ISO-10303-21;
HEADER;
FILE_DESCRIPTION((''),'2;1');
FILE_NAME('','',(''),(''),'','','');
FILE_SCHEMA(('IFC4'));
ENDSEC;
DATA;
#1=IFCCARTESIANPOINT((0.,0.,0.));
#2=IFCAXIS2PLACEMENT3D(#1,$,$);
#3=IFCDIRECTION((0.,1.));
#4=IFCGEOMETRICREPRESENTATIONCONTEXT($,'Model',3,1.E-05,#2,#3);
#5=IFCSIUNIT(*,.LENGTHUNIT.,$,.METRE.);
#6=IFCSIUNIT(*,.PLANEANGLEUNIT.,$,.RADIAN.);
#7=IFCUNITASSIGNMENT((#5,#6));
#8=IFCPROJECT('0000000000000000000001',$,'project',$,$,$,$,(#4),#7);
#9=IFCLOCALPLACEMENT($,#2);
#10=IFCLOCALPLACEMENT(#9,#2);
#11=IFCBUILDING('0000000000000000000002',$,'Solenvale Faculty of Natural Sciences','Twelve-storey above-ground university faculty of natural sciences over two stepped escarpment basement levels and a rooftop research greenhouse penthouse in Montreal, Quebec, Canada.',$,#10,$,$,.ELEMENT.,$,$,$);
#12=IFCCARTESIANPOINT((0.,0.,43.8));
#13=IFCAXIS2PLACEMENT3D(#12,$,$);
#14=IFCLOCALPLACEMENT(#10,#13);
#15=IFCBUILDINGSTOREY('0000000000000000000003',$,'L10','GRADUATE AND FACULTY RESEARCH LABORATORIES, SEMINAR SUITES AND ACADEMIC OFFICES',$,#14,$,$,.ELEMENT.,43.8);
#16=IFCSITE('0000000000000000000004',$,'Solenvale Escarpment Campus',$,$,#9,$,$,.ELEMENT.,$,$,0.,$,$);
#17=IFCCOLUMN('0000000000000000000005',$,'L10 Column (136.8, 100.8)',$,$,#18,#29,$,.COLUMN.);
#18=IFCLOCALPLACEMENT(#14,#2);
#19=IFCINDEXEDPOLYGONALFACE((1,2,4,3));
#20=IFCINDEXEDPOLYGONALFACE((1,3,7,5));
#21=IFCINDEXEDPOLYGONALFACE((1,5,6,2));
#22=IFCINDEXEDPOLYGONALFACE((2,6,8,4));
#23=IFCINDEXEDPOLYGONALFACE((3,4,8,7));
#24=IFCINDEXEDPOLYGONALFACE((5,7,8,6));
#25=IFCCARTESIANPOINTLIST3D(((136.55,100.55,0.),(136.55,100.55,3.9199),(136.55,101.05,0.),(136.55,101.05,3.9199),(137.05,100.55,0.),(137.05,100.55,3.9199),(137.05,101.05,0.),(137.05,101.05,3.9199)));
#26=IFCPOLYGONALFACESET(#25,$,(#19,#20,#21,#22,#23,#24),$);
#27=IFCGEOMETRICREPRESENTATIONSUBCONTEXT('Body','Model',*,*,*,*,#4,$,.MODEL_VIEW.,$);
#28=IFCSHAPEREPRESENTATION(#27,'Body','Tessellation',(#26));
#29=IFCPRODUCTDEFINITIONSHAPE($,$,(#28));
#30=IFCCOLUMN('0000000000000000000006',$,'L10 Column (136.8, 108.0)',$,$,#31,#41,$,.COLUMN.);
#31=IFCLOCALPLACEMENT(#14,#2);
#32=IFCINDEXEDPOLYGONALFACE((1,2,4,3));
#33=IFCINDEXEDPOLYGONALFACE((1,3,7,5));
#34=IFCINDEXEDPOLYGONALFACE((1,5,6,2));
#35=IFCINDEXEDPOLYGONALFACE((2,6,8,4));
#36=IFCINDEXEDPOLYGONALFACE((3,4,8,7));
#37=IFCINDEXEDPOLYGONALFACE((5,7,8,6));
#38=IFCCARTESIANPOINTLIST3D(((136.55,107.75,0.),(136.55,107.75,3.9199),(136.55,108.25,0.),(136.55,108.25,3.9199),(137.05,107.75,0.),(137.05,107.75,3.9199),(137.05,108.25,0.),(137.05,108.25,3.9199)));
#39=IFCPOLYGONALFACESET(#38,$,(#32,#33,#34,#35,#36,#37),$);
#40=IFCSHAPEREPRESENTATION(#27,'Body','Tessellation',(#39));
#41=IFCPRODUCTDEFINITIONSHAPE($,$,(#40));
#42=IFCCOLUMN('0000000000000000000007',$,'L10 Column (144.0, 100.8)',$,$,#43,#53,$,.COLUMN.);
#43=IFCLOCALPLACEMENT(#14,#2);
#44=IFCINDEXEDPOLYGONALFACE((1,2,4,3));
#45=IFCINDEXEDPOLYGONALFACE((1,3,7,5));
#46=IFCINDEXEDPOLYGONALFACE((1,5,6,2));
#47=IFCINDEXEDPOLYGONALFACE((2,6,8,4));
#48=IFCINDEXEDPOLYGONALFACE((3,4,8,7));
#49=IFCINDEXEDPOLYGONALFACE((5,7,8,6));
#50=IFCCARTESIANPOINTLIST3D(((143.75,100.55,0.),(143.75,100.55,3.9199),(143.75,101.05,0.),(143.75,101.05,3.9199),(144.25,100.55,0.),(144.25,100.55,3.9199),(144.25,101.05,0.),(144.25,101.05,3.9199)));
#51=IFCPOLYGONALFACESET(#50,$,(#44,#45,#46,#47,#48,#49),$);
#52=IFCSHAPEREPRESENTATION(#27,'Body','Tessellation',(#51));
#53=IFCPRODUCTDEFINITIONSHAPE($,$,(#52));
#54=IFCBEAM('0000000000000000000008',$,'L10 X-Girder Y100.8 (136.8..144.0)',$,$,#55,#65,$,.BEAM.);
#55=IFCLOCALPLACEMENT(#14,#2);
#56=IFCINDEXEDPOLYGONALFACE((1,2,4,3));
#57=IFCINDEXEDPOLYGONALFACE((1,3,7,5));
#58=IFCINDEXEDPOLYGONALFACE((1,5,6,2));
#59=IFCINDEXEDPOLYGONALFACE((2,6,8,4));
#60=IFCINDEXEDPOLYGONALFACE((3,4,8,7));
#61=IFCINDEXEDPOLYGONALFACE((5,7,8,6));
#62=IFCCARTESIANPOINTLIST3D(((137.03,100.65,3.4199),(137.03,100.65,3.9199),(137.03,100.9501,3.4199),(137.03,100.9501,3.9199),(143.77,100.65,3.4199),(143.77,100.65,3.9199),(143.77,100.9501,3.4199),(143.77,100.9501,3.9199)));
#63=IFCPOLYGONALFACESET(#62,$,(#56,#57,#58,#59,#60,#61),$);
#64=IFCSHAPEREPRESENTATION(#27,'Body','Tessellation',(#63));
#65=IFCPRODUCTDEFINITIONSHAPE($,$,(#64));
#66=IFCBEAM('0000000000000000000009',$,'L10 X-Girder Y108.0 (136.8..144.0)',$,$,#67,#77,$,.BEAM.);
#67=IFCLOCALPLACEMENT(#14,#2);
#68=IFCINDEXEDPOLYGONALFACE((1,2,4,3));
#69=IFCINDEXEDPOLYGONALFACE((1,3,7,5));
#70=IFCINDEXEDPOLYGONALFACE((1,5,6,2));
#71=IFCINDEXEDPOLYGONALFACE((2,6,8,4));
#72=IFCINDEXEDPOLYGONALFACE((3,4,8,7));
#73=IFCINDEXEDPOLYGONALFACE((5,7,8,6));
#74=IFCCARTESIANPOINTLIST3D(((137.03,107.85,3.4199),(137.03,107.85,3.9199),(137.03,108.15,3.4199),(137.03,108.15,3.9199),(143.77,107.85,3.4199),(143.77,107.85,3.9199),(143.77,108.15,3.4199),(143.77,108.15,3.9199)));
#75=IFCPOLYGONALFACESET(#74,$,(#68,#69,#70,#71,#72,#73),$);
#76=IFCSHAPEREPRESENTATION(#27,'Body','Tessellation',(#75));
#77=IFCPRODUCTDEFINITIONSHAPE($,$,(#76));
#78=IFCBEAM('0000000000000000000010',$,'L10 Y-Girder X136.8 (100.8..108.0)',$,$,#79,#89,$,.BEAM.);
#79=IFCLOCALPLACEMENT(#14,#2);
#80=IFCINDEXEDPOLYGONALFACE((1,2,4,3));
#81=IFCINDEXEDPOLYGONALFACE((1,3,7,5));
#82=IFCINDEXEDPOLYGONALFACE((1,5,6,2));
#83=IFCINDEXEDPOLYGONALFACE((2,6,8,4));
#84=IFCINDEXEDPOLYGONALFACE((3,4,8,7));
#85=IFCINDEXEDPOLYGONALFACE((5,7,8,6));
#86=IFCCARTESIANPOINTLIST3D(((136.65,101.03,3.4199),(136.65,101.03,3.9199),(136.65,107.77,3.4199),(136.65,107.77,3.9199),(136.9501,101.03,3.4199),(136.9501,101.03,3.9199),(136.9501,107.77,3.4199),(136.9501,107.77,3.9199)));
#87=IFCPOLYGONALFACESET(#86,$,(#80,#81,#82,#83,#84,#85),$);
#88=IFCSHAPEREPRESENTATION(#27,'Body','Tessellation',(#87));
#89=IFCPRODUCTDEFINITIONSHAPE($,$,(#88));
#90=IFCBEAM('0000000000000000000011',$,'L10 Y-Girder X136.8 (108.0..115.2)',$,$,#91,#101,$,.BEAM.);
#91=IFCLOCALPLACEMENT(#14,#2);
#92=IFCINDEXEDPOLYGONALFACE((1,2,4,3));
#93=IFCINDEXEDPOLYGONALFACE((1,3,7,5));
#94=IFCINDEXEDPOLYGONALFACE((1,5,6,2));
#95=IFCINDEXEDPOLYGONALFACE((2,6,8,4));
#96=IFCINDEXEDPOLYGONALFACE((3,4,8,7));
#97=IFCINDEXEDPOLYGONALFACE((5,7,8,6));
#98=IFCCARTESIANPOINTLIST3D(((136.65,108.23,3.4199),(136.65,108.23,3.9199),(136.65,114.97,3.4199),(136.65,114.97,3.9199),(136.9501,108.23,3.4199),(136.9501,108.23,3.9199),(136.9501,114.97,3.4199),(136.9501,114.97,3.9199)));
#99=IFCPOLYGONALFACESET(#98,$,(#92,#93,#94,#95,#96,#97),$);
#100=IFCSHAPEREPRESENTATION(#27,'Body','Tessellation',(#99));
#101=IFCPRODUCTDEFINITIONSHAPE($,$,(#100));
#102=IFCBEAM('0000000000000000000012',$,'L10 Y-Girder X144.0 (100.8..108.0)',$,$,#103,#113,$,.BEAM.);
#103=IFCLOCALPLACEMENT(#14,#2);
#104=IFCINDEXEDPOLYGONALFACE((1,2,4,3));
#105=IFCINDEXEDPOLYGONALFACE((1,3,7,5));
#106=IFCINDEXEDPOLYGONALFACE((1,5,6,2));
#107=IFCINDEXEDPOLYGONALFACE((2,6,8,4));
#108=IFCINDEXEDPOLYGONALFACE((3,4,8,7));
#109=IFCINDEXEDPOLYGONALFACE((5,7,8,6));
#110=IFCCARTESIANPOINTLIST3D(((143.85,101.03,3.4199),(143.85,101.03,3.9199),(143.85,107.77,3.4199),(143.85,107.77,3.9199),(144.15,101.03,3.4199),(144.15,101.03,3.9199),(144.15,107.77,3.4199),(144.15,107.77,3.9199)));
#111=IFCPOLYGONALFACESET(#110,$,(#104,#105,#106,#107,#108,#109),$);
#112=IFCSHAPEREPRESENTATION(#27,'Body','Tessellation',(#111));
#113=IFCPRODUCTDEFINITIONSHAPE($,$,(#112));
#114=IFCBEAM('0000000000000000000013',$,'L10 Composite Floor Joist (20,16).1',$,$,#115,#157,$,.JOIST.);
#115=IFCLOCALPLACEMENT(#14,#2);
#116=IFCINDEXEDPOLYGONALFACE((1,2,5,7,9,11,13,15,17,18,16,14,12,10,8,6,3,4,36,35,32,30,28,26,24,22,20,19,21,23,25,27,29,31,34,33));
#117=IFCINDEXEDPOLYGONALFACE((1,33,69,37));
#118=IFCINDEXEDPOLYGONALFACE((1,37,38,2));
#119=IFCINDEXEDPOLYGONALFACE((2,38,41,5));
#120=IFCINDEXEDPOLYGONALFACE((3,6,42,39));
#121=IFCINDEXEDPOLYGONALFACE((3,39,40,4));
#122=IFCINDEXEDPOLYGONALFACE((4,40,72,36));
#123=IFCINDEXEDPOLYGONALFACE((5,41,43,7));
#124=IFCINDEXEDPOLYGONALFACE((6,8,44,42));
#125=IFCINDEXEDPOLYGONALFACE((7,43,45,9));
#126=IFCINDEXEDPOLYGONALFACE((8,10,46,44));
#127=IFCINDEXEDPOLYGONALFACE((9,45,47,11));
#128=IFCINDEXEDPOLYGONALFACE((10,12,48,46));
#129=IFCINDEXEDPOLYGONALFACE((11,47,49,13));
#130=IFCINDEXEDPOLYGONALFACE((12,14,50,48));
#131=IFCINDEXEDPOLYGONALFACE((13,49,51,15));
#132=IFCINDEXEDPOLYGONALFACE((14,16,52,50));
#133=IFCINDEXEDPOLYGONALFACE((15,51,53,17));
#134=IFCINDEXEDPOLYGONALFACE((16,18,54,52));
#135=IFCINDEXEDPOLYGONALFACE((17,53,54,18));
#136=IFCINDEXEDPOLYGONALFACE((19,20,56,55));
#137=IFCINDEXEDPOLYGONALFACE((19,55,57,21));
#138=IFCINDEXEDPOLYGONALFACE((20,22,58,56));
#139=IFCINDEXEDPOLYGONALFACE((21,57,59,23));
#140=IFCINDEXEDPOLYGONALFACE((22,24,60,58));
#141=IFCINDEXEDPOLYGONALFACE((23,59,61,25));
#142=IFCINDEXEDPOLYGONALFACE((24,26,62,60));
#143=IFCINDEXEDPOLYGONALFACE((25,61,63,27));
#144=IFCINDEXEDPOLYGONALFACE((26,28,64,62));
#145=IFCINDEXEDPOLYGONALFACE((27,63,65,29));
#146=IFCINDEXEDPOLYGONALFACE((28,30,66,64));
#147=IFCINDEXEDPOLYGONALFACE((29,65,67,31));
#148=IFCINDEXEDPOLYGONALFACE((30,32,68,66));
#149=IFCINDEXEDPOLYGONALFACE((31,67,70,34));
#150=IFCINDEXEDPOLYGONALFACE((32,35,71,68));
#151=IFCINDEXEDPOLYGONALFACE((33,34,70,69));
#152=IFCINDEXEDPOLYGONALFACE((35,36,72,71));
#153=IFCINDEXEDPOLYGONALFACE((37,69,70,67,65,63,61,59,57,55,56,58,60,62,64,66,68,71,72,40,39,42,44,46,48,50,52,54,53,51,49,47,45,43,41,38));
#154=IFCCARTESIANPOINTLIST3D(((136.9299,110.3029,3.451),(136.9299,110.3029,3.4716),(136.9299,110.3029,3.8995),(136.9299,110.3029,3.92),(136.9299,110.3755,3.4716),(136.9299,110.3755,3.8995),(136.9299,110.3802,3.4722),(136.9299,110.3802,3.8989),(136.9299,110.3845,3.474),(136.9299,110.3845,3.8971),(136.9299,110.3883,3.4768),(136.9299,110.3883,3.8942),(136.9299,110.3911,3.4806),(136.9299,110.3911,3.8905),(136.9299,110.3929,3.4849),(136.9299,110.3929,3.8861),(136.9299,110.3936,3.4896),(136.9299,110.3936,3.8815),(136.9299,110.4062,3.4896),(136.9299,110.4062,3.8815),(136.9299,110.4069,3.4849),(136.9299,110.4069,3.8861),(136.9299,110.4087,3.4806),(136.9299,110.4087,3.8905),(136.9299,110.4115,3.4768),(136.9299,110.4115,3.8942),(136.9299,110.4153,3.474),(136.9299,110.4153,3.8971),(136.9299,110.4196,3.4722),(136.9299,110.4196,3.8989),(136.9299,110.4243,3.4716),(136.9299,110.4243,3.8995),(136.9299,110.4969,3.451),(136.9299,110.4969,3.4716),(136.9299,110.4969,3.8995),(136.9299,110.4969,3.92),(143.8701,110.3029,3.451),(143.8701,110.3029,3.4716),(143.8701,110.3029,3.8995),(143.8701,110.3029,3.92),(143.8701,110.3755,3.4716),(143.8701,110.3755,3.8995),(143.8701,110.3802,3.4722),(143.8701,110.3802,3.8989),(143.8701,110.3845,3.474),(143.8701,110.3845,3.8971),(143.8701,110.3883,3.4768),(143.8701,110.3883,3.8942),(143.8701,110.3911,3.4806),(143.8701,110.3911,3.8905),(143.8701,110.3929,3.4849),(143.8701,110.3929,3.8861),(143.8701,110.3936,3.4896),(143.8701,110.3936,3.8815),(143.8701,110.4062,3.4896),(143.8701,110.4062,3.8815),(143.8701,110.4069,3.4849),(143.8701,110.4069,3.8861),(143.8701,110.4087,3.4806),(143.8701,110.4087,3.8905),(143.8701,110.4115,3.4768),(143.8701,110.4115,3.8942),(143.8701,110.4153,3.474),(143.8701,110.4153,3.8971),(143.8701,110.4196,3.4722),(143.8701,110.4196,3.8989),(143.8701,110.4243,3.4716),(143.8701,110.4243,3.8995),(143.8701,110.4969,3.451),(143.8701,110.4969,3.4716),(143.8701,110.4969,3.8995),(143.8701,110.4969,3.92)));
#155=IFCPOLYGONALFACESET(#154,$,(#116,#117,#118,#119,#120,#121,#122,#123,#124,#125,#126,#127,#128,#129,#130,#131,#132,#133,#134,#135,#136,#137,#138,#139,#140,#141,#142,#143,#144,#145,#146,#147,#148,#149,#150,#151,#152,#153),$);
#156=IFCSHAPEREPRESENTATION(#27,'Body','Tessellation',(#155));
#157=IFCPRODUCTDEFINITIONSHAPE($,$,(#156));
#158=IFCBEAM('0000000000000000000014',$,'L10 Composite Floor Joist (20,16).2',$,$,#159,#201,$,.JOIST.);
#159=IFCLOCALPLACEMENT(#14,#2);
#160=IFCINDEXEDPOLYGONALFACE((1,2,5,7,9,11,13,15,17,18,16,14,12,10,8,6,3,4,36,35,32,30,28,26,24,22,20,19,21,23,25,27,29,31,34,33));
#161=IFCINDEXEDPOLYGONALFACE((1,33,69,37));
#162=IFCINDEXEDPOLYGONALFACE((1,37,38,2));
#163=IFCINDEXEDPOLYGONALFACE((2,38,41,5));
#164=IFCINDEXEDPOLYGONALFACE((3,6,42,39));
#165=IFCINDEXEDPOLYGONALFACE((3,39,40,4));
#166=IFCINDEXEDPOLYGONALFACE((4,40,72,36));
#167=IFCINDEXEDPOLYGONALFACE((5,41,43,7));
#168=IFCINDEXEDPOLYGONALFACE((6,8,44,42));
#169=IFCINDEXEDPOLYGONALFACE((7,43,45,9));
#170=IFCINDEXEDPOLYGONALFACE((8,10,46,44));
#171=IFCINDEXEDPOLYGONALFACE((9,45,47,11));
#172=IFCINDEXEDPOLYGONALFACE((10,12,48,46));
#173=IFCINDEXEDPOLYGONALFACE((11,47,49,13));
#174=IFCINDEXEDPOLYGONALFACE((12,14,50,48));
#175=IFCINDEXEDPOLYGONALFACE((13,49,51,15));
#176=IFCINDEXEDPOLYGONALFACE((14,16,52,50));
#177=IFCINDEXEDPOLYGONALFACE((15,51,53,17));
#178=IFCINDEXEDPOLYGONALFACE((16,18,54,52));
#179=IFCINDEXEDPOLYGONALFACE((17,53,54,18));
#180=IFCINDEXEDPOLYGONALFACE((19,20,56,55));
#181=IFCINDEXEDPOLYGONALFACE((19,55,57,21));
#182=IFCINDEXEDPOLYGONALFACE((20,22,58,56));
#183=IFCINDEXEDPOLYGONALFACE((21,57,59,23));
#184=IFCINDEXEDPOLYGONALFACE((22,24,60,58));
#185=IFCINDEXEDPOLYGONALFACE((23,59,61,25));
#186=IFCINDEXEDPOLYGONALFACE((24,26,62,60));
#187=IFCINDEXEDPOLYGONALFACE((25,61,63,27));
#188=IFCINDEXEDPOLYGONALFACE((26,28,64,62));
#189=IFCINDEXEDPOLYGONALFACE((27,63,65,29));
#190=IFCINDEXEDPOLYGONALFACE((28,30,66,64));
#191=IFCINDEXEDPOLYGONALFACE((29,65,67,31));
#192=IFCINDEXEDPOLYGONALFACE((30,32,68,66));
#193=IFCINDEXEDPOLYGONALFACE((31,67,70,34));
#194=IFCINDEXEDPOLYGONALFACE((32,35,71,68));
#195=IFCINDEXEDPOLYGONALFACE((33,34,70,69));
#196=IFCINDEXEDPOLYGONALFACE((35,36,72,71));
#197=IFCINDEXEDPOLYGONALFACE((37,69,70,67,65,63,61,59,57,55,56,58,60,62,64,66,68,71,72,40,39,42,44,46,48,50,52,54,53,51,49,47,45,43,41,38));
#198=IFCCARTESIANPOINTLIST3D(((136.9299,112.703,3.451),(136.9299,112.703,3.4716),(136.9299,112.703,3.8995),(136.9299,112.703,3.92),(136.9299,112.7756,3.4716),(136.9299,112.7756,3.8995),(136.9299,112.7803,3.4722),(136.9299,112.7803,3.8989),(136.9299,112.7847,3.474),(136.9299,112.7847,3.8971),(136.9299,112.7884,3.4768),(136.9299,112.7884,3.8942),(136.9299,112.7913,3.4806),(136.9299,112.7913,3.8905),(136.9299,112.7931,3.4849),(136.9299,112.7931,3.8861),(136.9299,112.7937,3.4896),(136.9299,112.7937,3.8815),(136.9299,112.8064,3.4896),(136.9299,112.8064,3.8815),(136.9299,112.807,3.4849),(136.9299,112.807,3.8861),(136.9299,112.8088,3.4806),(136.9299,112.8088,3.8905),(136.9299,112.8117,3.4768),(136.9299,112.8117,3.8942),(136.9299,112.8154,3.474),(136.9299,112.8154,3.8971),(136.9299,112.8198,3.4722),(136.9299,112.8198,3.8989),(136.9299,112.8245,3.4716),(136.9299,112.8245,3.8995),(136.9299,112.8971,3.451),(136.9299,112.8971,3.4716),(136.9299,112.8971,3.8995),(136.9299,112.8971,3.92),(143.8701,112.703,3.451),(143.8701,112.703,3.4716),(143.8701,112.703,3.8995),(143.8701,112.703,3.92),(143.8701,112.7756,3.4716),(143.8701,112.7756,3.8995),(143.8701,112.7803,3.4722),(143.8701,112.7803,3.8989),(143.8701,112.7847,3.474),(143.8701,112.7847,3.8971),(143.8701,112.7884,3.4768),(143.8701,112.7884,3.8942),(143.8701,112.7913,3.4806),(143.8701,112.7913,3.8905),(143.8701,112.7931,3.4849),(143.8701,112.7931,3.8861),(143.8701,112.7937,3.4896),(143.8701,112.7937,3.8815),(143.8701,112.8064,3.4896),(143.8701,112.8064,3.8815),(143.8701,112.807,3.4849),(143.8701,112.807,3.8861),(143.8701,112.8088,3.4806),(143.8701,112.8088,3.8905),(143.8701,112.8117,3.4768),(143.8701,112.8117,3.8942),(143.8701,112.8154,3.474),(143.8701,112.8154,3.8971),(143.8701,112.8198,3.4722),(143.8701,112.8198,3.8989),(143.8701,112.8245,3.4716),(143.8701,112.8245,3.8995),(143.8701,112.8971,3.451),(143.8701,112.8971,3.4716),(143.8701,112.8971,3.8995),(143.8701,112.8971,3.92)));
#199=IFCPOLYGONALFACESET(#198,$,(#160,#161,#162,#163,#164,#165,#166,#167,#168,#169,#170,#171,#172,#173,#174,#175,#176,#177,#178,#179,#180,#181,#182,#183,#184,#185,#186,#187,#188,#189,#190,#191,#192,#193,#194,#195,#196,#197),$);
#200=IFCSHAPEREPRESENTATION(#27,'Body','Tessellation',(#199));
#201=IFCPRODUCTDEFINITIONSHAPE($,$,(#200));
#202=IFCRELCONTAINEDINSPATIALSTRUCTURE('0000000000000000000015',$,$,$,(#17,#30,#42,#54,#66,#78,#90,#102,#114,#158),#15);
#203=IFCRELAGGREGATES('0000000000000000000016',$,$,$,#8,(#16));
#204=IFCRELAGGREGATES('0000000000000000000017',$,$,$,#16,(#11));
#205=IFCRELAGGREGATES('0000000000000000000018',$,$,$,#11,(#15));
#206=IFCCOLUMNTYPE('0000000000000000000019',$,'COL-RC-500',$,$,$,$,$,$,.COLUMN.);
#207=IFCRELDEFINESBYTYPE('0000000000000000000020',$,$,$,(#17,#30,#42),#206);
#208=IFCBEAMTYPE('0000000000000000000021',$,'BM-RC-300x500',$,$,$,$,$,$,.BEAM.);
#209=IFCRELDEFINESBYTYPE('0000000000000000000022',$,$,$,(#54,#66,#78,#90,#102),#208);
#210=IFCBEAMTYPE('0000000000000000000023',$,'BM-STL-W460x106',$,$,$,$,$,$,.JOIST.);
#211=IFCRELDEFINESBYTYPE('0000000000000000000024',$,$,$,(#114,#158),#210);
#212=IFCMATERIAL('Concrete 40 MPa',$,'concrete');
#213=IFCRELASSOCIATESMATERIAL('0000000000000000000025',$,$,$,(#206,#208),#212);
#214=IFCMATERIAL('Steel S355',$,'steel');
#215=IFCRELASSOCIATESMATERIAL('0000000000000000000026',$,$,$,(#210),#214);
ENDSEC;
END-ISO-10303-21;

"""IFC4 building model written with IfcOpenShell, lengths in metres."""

from ifc_helpers import new_model, si_unit, direction, frame, origin, origin_2d, place, context, subcontext, project, spatial, rectangle, i_section, extrude, material, material_profile, profile_set, type_object, element, save


model = new_model("IFC4")

# Units and contexts
model_context = context("Model", 3, precision=1e-05, world=origin(), true_north=direction((0.0, 1.0)))
body_context = subcontext(model_context, "Body", "Model", "MODEL_VIEW")
ifc_project = project(units=[si_unit("LENGTHUNIT", "METRE"), si_unit("PLANEANGLEUNIT", "RADIAN")], contexts=[model_context])

# Site, building, storey
site_placement = place(None, origin())
site = spatial("IfcSite", under=ifc_project, at=site_placement, Name="Solenvale Escarpment Campus", CompositionType="ELEMENT", RefElevation=0.0)
building_placement = place(site_placement, origin())
building = spatial("IfcBuilding", under=site, at=building_placement, Name="Solenvale Faculty of Natural Sciences", Description="Twelve-storey above-ground university faculty of natural sciences over two stepped escarpment basement levels and a rooftop research greenhouse penthouse in Montreal, Quebec, Canada.", CompositionType="ELEMENT")
storey_placement = place(building_placement, frame((0.0, 0.0, 43.8)))
storey = spatial("IfcBuildingStorey", under=building, at=storey_placement, Name="L10", Description="GRADUATE AND FACULTY RESEARCH LABORATORIES, SEMINAR SUITES AND ACADEMIC OFFICES", CompositionType="ELEMENT", Elevation=43.8)

# Columns
ifc_material_1 = material(Name="Concrete 40 MPa", Category="concrete")
ifc_material_profile_1 = material_profile(ifc_material_1, rectangle(XDim=0.5, YDim=0.5, at=origin_2d()), Name="RC-COL-500x500")
ifc_profile_set_1 = profile_set([ifc_material_profile_1], Name="Concrete 40 MPa")
column_type = type_object("IfcColumnType", Name="COL-RC-500", PredefinedType="COLUMN", material=ifc_profile_set_1)
for number, where, z_axis, x_axis, name in (
    (1, (136.8, 100.8, 0.0), (0.0, 0.0, 1.0), (1.0, 0.0, 0.0), "L10 Column (136.8, 100.8)"),
    (2, (136.8, 108.0, 0.0), (0.0, 0.0, 1.0), (1.0, 0.0, 0.0), "L10 Column (136.8, 108.0)"),
    (3, (144.0, 100.8, 0.0), (0.0, 0.0, 1.0), (1.0, 0.0, 0.0), "L10 Column (144.0, 100.8)"),
):
    element("IfcColumn", number, at=place(storey_placement, frame(where, z_axis=z_axis, x_axis=x_axis)), inside=storey, type_object=column_type, Name=name, PredefinedType="COLUMN", context=body_context, shape_type="SweptSolid", body=[
        extrude(rectangle(XDim=0.5, YDim=0.5, at=origin_2d()), origin(), (0.0, 0.0, 1.0), 3.9199),
    ])

# Beams
ifc_material_profile_2 = material_profile(ifc_material_1, rectangle(XDim=0.3, YDim=0.5, at=origin_2d()), Name="RC-BM-300x500")
ifc_profile_set_2 = profile_set([ifc_material_profile_2], Name="Concrete 40 MPa")
beam_type_1 = type_object("IfcBeamType", Name="BM-RC-300x500", PredefinedType="BEAM", material=ifc_profile_set_2)
for number, where, z_axis, x_axis, name in (
    (4, (137.03, 100.8, 3.6699), (1.0, 0.0, 0.0), (0.0, 1.0, 0.0), "L10 X-Girder Y100.8 (136.8..144.0)"),
    (5, (137.03, 108.0, 3.6699), (1.0, 0.0, 0.0), (0.0, 1.0, 0.0), "L10 X-Girder Y108.0 (136.8..144.0)"),
    (6, (136.8, 101.03, 3.6699), (0.0, 1.0, 0.0), (-1.0, 0.0, 0.0), "L10 Y-Girder X136.8 (100.8..108.0)"),
    (7, (136.8, 108.23, 3.6699), (0.0, 1.0, 0.0), (-1.0, 0.0, 0.0), "L10 Y-Girder X136.8 (108.0..115.2)"),
    (8, (144.0, 101.03, 3.6699), (0.0, 1.0, 0.0), (-1.0, 0.0, 0.0), "L10 Y-Girder X144.0 (100.8..108.0)"),
):
    element("IfcBeam", number, at=place(storey_placement, frame(where, z_axis=z_axis, x_axis=x_axis)), inside=storey, type_object=beam_type_1, Name=name, PredefinedType="BEAM", context=body_context, shape_type="SweptSolid", body=[
        extrude(rectangle(XDim=0.3, YDim=0.5, at=origin_2d()), origin(), (0.0, 0.0, 1.0), 6.74),
    ])
ifc_material_2 = material(Name="Steel S355", Category="steel")
ifc_material_profile_3 = material_profile(ifc_material_2, i_section(OverallWidth=0.1941, OverallDepth=0.469, WebThickness=0.0127, FlangeThickness=0.0205, FilletRadius=0.0181, at=origin_2d()), Name="W460x106")
ifc_profile_set_3 = profile_set([ifc_material_profile_3], Name="Steel S355")
beam_type_2 = type_object("IfcBeamType", Name="BM-STL-W460x106", PredefinedType="JOIST", material=ifc_profile_set_3)
for number, where, z_axis, x_axis, name in (
    (9, (136.9299, 110.3999, 3.6855), (1.0, 0.0, 0.0), (0.0, 1.0, 0.0), "L10 Composite Floor Joist (20,16).1"),
    (10, (136.9299, 112.8, 3.6855), (1.0, 0.0, 0.0), (0.0, 1.0, 0.0), "L10 Composite Floor Joist (20,16).2"),
):
    element("IfcBeam", number, at=place(storey_placement, frame(where, z_axis=z_axis, x_axis=x_axis)), inside=storey, type_object=beam_type_2, Name=name, PredefinedType="JOIST", context=body_context, shape_type="SweptSolid", body=[
        extrude(i_section(OverallWidth=0.1941, OverallDepth=0.469, WebThickness=0.0127, FlangeThickness=0.0205, FilletRadius=0.0181, at=origin_2d()), origin(), (0.0, 0.0, 1.0), 6.9402),
    ])

save(model, "model.ifc")
